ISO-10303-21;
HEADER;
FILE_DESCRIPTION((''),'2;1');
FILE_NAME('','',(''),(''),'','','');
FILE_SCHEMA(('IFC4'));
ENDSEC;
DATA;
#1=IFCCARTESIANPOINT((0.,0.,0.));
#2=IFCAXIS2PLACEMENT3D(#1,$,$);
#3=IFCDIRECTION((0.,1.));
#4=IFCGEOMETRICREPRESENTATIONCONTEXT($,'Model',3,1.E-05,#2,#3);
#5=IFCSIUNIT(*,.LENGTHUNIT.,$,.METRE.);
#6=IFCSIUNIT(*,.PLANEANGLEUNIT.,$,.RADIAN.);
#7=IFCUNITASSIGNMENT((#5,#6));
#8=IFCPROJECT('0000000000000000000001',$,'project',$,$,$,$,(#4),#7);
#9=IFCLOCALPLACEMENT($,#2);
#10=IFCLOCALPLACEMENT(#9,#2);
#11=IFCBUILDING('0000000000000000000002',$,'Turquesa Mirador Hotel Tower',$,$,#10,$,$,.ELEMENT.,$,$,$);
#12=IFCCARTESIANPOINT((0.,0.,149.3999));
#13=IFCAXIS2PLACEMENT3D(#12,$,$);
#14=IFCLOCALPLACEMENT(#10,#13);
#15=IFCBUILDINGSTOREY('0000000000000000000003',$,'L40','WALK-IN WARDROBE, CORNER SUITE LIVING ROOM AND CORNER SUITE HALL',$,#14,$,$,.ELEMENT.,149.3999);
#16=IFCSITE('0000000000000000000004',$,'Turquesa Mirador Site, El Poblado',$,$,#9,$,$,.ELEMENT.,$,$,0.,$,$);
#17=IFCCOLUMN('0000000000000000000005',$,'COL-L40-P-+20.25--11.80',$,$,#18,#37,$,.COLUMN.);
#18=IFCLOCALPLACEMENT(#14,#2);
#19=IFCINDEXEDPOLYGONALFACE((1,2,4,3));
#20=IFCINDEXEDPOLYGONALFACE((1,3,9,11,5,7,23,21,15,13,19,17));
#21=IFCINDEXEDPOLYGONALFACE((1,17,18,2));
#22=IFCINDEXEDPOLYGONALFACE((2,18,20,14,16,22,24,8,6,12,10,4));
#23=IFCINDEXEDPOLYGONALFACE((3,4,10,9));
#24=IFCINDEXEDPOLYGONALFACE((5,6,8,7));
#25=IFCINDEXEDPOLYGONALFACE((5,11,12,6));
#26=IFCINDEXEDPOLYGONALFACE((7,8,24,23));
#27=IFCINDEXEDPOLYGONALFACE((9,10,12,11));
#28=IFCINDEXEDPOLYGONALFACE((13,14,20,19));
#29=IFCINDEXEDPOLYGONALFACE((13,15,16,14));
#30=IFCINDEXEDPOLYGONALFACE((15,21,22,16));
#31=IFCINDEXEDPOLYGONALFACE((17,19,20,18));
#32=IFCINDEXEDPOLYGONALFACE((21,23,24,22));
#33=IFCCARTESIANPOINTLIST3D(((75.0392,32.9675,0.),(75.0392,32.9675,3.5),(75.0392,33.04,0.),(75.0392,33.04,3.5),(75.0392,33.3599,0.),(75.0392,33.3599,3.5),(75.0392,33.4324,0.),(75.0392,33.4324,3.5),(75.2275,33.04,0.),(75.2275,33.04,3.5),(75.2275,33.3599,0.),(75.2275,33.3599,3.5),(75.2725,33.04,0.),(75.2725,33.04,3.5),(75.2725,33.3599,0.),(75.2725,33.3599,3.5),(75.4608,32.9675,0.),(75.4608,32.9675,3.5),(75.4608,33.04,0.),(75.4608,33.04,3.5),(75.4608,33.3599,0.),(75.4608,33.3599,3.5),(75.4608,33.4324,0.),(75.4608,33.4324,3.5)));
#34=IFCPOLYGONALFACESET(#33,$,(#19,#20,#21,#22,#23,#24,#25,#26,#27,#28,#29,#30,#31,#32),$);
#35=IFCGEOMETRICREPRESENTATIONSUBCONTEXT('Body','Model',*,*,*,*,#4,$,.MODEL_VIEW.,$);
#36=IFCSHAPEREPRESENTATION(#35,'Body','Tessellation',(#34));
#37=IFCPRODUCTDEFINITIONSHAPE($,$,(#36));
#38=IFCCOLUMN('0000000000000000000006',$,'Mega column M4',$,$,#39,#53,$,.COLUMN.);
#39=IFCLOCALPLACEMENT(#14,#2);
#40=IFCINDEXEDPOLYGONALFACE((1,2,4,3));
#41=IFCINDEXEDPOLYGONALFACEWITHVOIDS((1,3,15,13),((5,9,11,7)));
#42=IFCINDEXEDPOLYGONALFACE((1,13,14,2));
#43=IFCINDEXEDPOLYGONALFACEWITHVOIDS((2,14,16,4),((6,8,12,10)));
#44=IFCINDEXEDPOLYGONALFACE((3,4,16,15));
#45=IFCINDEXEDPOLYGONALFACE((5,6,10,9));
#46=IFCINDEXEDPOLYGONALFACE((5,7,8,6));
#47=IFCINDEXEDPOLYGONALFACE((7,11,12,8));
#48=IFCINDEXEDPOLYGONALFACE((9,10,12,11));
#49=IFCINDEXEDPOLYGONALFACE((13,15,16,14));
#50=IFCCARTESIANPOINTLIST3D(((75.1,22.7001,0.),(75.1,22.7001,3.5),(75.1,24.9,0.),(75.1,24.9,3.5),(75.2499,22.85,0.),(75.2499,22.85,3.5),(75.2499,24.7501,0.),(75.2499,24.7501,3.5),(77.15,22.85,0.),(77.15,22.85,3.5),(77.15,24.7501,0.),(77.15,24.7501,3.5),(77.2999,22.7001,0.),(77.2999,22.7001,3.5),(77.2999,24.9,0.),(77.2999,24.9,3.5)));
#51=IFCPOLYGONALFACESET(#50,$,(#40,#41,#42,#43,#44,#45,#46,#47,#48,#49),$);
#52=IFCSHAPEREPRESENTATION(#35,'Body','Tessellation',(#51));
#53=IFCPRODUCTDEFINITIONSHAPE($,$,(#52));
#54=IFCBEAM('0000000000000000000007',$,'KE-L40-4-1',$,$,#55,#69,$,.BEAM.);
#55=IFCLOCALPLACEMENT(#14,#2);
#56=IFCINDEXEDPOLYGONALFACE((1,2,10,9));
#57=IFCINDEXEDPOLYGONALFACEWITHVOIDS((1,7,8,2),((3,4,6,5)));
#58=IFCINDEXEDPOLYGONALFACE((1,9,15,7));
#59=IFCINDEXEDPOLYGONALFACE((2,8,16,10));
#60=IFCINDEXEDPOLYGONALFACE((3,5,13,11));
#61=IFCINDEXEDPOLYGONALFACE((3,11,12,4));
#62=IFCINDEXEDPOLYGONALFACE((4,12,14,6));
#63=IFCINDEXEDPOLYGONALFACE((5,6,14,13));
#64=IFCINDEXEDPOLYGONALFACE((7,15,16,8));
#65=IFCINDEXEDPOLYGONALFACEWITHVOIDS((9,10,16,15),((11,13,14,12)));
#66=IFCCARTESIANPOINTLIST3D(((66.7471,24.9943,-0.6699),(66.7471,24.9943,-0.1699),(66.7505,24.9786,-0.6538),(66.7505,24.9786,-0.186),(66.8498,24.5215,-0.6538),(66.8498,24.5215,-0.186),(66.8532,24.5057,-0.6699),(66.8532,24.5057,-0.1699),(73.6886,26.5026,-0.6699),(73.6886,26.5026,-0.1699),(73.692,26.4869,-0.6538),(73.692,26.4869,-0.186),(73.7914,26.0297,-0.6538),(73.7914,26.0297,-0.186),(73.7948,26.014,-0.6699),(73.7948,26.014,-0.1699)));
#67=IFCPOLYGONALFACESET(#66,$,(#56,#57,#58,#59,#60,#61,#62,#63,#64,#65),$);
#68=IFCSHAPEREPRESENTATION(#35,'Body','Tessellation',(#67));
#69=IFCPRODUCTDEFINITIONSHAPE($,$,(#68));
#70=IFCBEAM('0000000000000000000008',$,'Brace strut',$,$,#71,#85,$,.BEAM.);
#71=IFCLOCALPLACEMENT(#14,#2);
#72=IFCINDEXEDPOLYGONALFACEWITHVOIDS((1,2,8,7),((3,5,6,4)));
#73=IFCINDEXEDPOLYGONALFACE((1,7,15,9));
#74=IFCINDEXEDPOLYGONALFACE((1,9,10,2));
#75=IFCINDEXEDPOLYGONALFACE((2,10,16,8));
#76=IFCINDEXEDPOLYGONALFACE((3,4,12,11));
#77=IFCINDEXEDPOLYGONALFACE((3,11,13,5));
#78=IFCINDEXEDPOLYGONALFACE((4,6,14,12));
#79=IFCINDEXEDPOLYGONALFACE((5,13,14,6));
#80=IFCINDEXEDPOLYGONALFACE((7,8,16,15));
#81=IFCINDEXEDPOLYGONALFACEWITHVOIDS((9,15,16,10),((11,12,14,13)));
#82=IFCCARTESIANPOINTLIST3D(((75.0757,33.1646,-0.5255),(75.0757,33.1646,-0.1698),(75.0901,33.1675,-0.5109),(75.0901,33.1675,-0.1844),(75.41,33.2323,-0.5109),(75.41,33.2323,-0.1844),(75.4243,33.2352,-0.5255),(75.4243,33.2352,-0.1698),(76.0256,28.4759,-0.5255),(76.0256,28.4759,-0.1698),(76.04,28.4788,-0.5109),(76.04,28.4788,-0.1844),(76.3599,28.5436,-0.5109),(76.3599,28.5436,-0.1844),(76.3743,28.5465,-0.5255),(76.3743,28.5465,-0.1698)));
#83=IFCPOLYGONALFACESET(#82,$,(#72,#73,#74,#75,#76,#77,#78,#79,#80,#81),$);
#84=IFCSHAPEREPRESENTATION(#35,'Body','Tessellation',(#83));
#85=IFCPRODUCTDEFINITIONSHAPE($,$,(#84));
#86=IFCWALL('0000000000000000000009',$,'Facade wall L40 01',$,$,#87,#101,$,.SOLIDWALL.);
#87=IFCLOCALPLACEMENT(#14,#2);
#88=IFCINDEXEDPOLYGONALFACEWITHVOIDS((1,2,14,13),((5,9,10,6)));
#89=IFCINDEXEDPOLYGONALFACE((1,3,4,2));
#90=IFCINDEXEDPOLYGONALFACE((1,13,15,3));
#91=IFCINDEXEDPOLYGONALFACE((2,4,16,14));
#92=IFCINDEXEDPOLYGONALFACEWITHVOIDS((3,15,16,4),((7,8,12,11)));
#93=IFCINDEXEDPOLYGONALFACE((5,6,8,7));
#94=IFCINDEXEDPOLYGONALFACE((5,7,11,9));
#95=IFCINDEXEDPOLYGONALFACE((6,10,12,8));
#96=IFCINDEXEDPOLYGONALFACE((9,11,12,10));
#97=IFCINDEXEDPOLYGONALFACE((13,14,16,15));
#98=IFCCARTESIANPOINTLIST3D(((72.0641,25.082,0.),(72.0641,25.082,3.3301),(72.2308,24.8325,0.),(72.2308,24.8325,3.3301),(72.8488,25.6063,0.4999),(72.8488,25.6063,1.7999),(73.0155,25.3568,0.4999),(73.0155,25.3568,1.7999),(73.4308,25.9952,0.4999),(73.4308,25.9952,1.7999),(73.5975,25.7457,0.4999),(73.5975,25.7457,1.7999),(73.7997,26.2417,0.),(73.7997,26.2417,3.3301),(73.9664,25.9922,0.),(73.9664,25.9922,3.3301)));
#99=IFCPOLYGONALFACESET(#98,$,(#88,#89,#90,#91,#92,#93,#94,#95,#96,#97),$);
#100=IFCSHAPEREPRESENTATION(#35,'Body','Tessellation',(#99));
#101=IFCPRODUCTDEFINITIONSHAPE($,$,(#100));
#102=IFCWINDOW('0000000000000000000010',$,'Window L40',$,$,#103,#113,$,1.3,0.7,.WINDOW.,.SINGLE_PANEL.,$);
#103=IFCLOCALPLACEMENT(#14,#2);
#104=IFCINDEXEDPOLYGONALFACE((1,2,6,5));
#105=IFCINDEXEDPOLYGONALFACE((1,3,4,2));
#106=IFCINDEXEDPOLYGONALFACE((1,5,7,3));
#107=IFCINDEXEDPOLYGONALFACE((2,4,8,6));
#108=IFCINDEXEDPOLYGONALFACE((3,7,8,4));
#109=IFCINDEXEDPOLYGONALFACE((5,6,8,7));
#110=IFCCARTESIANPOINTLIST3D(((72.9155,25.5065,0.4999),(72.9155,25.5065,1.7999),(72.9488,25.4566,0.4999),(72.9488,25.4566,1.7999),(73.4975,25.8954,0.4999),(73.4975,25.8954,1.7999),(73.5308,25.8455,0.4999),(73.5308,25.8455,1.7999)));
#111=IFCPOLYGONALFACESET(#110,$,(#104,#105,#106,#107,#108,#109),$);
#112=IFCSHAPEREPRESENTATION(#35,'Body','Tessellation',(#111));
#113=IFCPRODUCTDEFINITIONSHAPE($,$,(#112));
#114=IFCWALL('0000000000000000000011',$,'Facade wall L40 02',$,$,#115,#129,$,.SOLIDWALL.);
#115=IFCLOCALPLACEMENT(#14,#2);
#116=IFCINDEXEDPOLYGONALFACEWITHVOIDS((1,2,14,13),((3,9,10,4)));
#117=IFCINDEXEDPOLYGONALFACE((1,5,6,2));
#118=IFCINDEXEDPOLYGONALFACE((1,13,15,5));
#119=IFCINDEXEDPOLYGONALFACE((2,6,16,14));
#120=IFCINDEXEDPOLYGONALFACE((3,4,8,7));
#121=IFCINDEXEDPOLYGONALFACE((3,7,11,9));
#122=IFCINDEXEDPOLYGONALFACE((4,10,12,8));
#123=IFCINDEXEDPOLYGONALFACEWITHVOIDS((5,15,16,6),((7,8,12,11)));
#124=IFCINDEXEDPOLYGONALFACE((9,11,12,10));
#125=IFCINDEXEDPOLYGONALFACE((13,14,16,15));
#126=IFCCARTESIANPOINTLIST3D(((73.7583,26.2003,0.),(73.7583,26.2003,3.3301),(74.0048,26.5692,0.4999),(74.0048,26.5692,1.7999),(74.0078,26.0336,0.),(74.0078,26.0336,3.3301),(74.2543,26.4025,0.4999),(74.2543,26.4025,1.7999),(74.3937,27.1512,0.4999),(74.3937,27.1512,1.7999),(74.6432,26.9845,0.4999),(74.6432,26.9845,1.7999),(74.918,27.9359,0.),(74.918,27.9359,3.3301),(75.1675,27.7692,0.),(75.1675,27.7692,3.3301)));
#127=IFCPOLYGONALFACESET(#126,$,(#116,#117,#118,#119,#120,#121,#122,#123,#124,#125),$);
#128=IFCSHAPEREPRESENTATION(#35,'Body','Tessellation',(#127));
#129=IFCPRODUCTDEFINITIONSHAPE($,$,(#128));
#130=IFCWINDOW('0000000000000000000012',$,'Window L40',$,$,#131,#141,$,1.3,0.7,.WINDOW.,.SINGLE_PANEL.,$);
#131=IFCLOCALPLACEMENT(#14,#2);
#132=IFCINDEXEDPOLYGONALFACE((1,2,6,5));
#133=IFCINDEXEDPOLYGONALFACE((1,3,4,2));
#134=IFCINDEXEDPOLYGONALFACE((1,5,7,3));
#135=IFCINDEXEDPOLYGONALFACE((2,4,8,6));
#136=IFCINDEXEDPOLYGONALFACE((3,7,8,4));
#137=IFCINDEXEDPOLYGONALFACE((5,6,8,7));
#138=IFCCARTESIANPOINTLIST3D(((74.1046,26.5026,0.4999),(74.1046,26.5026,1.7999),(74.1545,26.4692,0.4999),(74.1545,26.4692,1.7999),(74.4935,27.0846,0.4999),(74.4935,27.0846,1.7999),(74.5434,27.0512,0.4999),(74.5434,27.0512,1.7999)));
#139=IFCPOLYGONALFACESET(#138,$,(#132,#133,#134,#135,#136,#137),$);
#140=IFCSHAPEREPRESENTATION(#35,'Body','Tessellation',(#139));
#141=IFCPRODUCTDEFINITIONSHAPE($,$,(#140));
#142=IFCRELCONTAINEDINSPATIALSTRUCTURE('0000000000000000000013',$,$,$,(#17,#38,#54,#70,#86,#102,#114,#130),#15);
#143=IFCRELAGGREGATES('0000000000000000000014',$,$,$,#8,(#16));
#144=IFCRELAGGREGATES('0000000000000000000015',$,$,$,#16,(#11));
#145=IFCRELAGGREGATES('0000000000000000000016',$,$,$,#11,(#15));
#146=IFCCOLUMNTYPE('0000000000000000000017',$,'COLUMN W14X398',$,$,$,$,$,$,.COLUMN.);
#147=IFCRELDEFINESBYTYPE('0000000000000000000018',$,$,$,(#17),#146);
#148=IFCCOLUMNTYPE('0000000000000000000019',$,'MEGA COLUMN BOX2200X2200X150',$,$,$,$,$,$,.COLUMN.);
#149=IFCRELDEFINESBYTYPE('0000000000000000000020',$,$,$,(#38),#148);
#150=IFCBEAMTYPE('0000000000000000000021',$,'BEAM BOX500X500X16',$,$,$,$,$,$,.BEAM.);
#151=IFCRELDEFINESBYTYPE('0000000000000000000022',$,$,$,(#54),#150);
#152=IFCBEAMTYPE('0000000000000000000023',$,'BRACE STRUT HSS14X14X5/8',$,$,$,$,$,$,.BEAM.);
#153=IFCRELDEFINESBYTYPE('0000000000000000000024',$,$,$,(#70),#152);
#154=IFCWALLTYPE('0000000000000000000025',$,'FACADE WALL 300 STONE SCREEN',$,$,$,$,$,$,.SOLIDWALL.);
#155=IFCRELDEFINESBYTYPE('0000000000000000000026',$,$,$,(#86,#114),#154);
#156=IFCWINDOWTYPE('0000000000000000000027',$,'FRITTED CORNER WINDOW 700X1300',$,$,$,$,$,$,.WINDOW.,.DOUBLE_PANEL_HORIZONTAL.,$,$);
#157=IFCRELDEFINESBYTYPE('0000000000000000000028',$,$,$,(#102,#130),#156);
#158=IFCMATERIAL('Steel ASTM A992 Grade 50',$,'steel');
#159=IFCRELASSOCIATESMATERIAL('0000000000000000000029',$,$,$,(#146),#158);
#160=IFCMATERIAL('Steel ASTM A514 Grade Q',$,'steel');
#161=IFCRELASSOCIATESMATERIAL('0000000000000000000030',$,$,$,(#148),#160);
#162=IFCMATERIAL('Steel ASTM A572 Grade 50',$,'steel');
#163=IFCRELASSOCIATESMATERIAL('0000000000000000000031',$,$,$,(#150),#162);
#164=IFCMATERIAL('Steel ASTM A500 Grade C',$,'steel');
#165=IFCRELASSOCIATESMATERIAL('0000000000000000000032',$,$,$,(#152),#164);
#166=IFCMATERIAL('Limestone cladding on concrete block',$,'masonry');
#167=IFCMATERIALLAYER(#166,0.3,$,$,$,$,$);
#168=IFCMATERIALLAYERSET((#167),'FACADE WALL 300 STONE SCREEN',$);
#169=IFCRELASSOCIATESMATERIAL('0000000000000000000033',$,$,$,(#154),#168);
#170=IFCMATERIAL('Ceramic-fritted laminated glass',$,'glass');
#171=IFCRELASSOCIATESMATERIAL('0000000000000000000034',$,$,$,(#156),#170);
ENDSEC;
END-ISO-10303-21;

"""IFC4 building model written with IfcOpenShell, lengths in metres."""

from ifc_helpers import new_model, si_unit, direction, frame, frame_2d, origin, origin_2d, place, context, subcontext, project, spatial, rectangle, hollow_rectangle, i_section, extrude, material, layer, layer_set, material_profile, profile_set, type_object, element, fill, save


model = new_model("IFC4")

# Units and contexts
model_context = context("Model", 3, precision=1e-05, world=origin(), true_north=direction((0.0, 1.0)))
body_context = subcontext(model_context, "Body", "Model", "MODEL_VIEW")
ifc_project = project(units=[si_unit("LENGTHUNIT", "METRE"), si_unit("PLANEANGLEUNIT", "RADIAN")], contexts=[model_context])

# Site, building, storey
site_placement = place(None, origin())
site = spatial("IfcSite", under=ifc_project, at=site_placement, Name="Turquesa Mirador Site, El Poblado", CompositionType="ELEMENT", RefElevation=0.0)
building_placement = place(site_placement, origin())
building = spatial("IfcBuilding", under=site, at=building_placement, Name="Turquesa Mirador Hotel Tower", CompositionType="ELEMENT")
storey_placement = place(building_placement, frame((0.0, 0.0, 149.3999)))
storey = spatial("IfcBuildingStorey", under=building, at=storey_placement, Name="L40", Description="WALK-IN WARDROBE, CORNER SUITE LIVING ROOM AND CORNER SUITE HALL", CompositionType="ELEMENT", Elevation=149.3999)

# Columns
ifc_material_1 = material(Name="Steel ASTM A992 Grade 50", Category="steel")
ifc_material_profile_1 = material_profile(ifc_material_1, i_section(OverallWidth=0.4216, OverallDepth=0.4648, WebThickness=0.0449, FlangeThickness=0.0725, at=origin_2d()), Name="W14X398")
ifc_profile_set_1 = profile_set([ifc_material_profile_1], Name="Steel ASTM A992 Grade 50")
column_type_1 = type_object("IfcColumnType", Name="COLUMN W14X398", PredefinedType="COLUMN", material=ifc_profile_set_1)
column_1_placement = place(storey_placement, frame((75.25, 33.2, 0.0), z_axis=(0.0, 0.0, 1.0), x_axis=(1.0, 0.0, 0.0)))
element("IfcColumn", 1, at=column_1_placement, inside=storey, type_object=column_type_1, Name="COL-L40-P-+20.25--11.80", PredefinedType="COLUMN", context=body_context, shape_type="SweptSolid", body=[
    extrude(i_section(OverallWidth=0.4216, OverallDepth=0.4648, WebThickness=0.0449, FlangeThickness=0.0725, at=origin_2d()), origin(), (0.0, 0.0, 1.0), 3.5),
])
ifc_material_2 = material(Name="Steel ASTM A514 Grade Q", Category="steel")
ifc_material_profile_2 = material_profile(ifc_material_2, hollow_rectangle(XDim=2.2, YDim=2.2, WallThickness=0.1499, at=origin_2d()), Name="BOX2200X2200X150")
ifc_profile_set_2 = profile_set([ifc_material_profile_2], Name="Steel ASTM A514 Grade Q")
column_type_2 = type_object("IfcColumnType", Name="MEGA COLUMN BOX2200X2200X150", PredefinedType="COLUMN", material=ifc_profile_set_2)
column_2_placement = place(storey_placement, frame((76.2, 23.8, 0.0), z_axis=(0.0, 0.0, 1.0), x_axis=(1.0, 0.0, 0.0)))
element("IfcColumn", 2, at=column_2_placement, inside=storey, type_object=column_type_2, Name="Mega column M4", PredefinedType="COLUMN", context=body_context, shape_type="SweptSolid", body=[
    extrude(hollow_rectangle(XDim=2.2, YDim=2.2, WallThickness=0.1499, at=origin_2d()), origin(), (0.0, 0.0, 1.0), 3.5),
])

# Beams
ifc_material_3 = material(Name="Steel ASTM A572 Grade 50", Category="steel")
ifc_material_profile_3 = material_profile(ifc_material_3, hollow_rectangle(XDim=0.5, YDim=0.5, WallThickness=0.0161, at=origin_2d()), Name="BOX500X500X16")
ifc_profile_set_3 = profile_set([ifc_material_profile_3], Name="Steel ASTM A572 Grade 50")
beam_type_1 = type_object("IfcBeamType", Name="BEAM BOX500X500X16", PredefinedType="BEAM", material=ifc_profile_set_3)
beam_1_placement = place(storey_placement, frame((73.7417, 26.2583, -0.4199), z_axis=(-0.977198, -0.212328, 0.0), x_axis=(0.212328, -0.977198, 0.0)))
element("IfcBeam", 3, at=beam_1_placement, inside=storey, type_object=beam_type_1, Name="KE-L40-4-1", PredefinedType="BEAM", context=body_context, shape_type="SweptSolid", body=[
    extrude(hollow_rectangle(XDim=0.5, YDim=0.5, WallThickness=0.0161, at=origin_2d()), origin(), (0.0, 0.0, 1.0), 7.1035),
])
ifc_material_4 = material(Name="Steel ASTM A500 Grade C", Category="steel")
ifc_material_profile_4 = material_profile(ifc_material_4, hollow_rectangle(XDim=0.3557, YDim=0.3557, WallThickness=0.0146, at=origin_2d()), Name="HSS14X14X5/8")
ifc_profile_set_4 = profile_set([ifc_material_profile_4], Name="Steel ASTM A500 Grade C")
beam_type_2 = type_object("IfcBeamType", Name="BRACE STRUT HSS14X14X5/8", PredefinedType="BEAM", material=ifc_profile_set_4)
beam_2_placement = place(storey_placement, frame((76.2, 28.5112, -0.3477), z_axis=(-0.198569, 0.980087, 0.0), x_axis=(-0.980087, -0.198569, 0.0)))
element("IfcBeam", 4, at=beam_2_placement, inside=storey, type_object=beam_type_2, Name="Brace strut", PredefinedType="BEAM", context=body_context, shape_type="SweptSolid", body=[
    extrude(hollow_rectangle(XDim=0.3557, YDim=0.3557, WallThickness=0.0146, at=origin_2d()), origin(), (0.0, 0.0, 1.0), 4.7839),
])

# Walls, openings, windows
ifc_material_5 = material(Name="Limestone cladding on concrete block", Category="masonry")
ifc_layer = layer(ifc_material_5, 0.3)
ifc_layer_set = layer_set([ifc_layer], Name="FACADE WALL 300 STONE SCREEN")
wall_type = type_object("IfcWallType", Name="FACADE WALL 300 STONE SCREEN", PredefinedType="SOLIDWALL", material=ifc_layer_set)
wall_1_placement = place(storey_placement, frame((72.1475, 24.9573, 0.0), z_axis=(0.0, 0.0, 1.0), x_axis=(0.831474, 0.555564, 0.0)))
wall_1 = element("IfcWall", 5, at=wall_1_placement, inside=storey, type_object=wall_type, Name="Facade wall L40 01", PredefinedType="SOLIDWALL", context=body_context, shape_type="SweptSolid", body=[
    extrude(rectangle(XDim=2.0874, YDim=0.3, at=frame_2d((1.0437, 0.0))), origin(), (0.0, 0.0, 1.0), 3.3301),
])
opening_1_placement = place(wall_1_placement, frame((0.9436, 0.0, 0.5)))
opening_1 = element("IfcOpeningElement", 6, at=opening_1_placement, cuts=wall_1, PredefinedType="OPENING", context=body_context, shape_type="SweptSolid", body=[
    extrude(rectangle(XDim=0.7, YDim=1.3, at=frame_2d((0.3501, 0.6499))), frame((0.0, 0.1599, 0.0), z_axis=(0.0, -1.0, 0.0), x_axis=(1.0, 0.0, 0.0)), (0.0, 0.0, 1.0), 0.3201),
])
ifc_material_6 = material(Name="Ceramic-fritted laminated glass", Category="glass")
window_type_1 = type_object("IfcWindowType", Name="FRITTED CORNER WINDOW 700X1300", PartitioningType="DOUBLE_PANEL_HORIZONTAL", PredefinedType="WINDOW", material=ifc_material_6)
window_1_placement = place(opening_1_placement, origin())
window_1 = element("IfcWindow", 7, at=window_1_placement, inside=storey, type_object=window_type_1, Name="Window L40", OverallHeight=1.3, OverallWidth=0.7, PartitioningType="SINGLE_PANEL", PredefinedType="WINDOW", context=body_context, shape_type="SweptSolid", body=[
    extrude(rectangle(XDim=0.7, YDim=1.3, at=frame_2d((0.3501, 0.6499))), frame((0.0, 0.03, 0.0), z_axis=(0.0, -1.0, 0.0), x_axis=(1.0, 0.0, 0.0)), (0.0, 0.0, 1.0), 0.0601),
])
fill(opening_1, window_1)
wall_2_placement = place(storey_placement, frame((73.8831, 26.1169, 0.0), z_axis=(0.0, 0.0, 1.0), x_axis=(0.555564, 0.831474, 0.0)))
wall_2 = element("IfcWall", 8, at=wall_2_placement, inside=storey, type_object=wall_type, Name="Facade wall L40 02", PredefinedType="SOLIDWALL", context=body_context, shape_type="SweptSolid", body=[
    extrude(rectangle(XDim=2.0874, YDim=0.3, at=frame_2d((1.0437, 0.0))), origin(), (0.0, 0.0, 1.0), 3.3301),
])
opening_2_placement = place(wall_2_placement, frame((0.4436, 0.0, 0.5)))
opening_2 = element("IfcOpeningElement", 9, at=opening_2_placement, cuts=wall_2, PredefinedType="OPENING", context=body_context, shape_type="SweptSolid", body=[
    extrude(rectangle(XDim=0.7, YDim=1.3, at=frame_2d((0.3501, 0.6499))), frame((0.0, 0.1599, 0.0), z_axis=(0.0, -1.0, 0.0), x_axis=(1.0, 0.0, 0.0)), (0.0, 0.0, 1.0), 0.3201),
])
window_2_placement = place(opening_2_placement, origin())
window_2 = element("IfcWindow", 10, at=window_2_placement, inside=storey, type_object=window_type_1, Name="Window L40", OverallHeight=1.3, OverallWidth=0.7, PartitioningType="SINGLE_PANEL", PredefinedType="WINDOW", context=body_context, shape_type="SweptSolid", body=[
    extrude(rectangle(XDim=0.7, YDim=1.3, at=frame_2d((0.3501, 0.6499))), frame((0.0, 0.03, 0.0), z_axis=(0.0, -1.0, 0.0), x_axis=(1.0, 0.0, 0.0)), (0.0, 0.0, 1.0), 0.0601),
])
fill(opening_2, window_2)

save(model, "model.ifc")
